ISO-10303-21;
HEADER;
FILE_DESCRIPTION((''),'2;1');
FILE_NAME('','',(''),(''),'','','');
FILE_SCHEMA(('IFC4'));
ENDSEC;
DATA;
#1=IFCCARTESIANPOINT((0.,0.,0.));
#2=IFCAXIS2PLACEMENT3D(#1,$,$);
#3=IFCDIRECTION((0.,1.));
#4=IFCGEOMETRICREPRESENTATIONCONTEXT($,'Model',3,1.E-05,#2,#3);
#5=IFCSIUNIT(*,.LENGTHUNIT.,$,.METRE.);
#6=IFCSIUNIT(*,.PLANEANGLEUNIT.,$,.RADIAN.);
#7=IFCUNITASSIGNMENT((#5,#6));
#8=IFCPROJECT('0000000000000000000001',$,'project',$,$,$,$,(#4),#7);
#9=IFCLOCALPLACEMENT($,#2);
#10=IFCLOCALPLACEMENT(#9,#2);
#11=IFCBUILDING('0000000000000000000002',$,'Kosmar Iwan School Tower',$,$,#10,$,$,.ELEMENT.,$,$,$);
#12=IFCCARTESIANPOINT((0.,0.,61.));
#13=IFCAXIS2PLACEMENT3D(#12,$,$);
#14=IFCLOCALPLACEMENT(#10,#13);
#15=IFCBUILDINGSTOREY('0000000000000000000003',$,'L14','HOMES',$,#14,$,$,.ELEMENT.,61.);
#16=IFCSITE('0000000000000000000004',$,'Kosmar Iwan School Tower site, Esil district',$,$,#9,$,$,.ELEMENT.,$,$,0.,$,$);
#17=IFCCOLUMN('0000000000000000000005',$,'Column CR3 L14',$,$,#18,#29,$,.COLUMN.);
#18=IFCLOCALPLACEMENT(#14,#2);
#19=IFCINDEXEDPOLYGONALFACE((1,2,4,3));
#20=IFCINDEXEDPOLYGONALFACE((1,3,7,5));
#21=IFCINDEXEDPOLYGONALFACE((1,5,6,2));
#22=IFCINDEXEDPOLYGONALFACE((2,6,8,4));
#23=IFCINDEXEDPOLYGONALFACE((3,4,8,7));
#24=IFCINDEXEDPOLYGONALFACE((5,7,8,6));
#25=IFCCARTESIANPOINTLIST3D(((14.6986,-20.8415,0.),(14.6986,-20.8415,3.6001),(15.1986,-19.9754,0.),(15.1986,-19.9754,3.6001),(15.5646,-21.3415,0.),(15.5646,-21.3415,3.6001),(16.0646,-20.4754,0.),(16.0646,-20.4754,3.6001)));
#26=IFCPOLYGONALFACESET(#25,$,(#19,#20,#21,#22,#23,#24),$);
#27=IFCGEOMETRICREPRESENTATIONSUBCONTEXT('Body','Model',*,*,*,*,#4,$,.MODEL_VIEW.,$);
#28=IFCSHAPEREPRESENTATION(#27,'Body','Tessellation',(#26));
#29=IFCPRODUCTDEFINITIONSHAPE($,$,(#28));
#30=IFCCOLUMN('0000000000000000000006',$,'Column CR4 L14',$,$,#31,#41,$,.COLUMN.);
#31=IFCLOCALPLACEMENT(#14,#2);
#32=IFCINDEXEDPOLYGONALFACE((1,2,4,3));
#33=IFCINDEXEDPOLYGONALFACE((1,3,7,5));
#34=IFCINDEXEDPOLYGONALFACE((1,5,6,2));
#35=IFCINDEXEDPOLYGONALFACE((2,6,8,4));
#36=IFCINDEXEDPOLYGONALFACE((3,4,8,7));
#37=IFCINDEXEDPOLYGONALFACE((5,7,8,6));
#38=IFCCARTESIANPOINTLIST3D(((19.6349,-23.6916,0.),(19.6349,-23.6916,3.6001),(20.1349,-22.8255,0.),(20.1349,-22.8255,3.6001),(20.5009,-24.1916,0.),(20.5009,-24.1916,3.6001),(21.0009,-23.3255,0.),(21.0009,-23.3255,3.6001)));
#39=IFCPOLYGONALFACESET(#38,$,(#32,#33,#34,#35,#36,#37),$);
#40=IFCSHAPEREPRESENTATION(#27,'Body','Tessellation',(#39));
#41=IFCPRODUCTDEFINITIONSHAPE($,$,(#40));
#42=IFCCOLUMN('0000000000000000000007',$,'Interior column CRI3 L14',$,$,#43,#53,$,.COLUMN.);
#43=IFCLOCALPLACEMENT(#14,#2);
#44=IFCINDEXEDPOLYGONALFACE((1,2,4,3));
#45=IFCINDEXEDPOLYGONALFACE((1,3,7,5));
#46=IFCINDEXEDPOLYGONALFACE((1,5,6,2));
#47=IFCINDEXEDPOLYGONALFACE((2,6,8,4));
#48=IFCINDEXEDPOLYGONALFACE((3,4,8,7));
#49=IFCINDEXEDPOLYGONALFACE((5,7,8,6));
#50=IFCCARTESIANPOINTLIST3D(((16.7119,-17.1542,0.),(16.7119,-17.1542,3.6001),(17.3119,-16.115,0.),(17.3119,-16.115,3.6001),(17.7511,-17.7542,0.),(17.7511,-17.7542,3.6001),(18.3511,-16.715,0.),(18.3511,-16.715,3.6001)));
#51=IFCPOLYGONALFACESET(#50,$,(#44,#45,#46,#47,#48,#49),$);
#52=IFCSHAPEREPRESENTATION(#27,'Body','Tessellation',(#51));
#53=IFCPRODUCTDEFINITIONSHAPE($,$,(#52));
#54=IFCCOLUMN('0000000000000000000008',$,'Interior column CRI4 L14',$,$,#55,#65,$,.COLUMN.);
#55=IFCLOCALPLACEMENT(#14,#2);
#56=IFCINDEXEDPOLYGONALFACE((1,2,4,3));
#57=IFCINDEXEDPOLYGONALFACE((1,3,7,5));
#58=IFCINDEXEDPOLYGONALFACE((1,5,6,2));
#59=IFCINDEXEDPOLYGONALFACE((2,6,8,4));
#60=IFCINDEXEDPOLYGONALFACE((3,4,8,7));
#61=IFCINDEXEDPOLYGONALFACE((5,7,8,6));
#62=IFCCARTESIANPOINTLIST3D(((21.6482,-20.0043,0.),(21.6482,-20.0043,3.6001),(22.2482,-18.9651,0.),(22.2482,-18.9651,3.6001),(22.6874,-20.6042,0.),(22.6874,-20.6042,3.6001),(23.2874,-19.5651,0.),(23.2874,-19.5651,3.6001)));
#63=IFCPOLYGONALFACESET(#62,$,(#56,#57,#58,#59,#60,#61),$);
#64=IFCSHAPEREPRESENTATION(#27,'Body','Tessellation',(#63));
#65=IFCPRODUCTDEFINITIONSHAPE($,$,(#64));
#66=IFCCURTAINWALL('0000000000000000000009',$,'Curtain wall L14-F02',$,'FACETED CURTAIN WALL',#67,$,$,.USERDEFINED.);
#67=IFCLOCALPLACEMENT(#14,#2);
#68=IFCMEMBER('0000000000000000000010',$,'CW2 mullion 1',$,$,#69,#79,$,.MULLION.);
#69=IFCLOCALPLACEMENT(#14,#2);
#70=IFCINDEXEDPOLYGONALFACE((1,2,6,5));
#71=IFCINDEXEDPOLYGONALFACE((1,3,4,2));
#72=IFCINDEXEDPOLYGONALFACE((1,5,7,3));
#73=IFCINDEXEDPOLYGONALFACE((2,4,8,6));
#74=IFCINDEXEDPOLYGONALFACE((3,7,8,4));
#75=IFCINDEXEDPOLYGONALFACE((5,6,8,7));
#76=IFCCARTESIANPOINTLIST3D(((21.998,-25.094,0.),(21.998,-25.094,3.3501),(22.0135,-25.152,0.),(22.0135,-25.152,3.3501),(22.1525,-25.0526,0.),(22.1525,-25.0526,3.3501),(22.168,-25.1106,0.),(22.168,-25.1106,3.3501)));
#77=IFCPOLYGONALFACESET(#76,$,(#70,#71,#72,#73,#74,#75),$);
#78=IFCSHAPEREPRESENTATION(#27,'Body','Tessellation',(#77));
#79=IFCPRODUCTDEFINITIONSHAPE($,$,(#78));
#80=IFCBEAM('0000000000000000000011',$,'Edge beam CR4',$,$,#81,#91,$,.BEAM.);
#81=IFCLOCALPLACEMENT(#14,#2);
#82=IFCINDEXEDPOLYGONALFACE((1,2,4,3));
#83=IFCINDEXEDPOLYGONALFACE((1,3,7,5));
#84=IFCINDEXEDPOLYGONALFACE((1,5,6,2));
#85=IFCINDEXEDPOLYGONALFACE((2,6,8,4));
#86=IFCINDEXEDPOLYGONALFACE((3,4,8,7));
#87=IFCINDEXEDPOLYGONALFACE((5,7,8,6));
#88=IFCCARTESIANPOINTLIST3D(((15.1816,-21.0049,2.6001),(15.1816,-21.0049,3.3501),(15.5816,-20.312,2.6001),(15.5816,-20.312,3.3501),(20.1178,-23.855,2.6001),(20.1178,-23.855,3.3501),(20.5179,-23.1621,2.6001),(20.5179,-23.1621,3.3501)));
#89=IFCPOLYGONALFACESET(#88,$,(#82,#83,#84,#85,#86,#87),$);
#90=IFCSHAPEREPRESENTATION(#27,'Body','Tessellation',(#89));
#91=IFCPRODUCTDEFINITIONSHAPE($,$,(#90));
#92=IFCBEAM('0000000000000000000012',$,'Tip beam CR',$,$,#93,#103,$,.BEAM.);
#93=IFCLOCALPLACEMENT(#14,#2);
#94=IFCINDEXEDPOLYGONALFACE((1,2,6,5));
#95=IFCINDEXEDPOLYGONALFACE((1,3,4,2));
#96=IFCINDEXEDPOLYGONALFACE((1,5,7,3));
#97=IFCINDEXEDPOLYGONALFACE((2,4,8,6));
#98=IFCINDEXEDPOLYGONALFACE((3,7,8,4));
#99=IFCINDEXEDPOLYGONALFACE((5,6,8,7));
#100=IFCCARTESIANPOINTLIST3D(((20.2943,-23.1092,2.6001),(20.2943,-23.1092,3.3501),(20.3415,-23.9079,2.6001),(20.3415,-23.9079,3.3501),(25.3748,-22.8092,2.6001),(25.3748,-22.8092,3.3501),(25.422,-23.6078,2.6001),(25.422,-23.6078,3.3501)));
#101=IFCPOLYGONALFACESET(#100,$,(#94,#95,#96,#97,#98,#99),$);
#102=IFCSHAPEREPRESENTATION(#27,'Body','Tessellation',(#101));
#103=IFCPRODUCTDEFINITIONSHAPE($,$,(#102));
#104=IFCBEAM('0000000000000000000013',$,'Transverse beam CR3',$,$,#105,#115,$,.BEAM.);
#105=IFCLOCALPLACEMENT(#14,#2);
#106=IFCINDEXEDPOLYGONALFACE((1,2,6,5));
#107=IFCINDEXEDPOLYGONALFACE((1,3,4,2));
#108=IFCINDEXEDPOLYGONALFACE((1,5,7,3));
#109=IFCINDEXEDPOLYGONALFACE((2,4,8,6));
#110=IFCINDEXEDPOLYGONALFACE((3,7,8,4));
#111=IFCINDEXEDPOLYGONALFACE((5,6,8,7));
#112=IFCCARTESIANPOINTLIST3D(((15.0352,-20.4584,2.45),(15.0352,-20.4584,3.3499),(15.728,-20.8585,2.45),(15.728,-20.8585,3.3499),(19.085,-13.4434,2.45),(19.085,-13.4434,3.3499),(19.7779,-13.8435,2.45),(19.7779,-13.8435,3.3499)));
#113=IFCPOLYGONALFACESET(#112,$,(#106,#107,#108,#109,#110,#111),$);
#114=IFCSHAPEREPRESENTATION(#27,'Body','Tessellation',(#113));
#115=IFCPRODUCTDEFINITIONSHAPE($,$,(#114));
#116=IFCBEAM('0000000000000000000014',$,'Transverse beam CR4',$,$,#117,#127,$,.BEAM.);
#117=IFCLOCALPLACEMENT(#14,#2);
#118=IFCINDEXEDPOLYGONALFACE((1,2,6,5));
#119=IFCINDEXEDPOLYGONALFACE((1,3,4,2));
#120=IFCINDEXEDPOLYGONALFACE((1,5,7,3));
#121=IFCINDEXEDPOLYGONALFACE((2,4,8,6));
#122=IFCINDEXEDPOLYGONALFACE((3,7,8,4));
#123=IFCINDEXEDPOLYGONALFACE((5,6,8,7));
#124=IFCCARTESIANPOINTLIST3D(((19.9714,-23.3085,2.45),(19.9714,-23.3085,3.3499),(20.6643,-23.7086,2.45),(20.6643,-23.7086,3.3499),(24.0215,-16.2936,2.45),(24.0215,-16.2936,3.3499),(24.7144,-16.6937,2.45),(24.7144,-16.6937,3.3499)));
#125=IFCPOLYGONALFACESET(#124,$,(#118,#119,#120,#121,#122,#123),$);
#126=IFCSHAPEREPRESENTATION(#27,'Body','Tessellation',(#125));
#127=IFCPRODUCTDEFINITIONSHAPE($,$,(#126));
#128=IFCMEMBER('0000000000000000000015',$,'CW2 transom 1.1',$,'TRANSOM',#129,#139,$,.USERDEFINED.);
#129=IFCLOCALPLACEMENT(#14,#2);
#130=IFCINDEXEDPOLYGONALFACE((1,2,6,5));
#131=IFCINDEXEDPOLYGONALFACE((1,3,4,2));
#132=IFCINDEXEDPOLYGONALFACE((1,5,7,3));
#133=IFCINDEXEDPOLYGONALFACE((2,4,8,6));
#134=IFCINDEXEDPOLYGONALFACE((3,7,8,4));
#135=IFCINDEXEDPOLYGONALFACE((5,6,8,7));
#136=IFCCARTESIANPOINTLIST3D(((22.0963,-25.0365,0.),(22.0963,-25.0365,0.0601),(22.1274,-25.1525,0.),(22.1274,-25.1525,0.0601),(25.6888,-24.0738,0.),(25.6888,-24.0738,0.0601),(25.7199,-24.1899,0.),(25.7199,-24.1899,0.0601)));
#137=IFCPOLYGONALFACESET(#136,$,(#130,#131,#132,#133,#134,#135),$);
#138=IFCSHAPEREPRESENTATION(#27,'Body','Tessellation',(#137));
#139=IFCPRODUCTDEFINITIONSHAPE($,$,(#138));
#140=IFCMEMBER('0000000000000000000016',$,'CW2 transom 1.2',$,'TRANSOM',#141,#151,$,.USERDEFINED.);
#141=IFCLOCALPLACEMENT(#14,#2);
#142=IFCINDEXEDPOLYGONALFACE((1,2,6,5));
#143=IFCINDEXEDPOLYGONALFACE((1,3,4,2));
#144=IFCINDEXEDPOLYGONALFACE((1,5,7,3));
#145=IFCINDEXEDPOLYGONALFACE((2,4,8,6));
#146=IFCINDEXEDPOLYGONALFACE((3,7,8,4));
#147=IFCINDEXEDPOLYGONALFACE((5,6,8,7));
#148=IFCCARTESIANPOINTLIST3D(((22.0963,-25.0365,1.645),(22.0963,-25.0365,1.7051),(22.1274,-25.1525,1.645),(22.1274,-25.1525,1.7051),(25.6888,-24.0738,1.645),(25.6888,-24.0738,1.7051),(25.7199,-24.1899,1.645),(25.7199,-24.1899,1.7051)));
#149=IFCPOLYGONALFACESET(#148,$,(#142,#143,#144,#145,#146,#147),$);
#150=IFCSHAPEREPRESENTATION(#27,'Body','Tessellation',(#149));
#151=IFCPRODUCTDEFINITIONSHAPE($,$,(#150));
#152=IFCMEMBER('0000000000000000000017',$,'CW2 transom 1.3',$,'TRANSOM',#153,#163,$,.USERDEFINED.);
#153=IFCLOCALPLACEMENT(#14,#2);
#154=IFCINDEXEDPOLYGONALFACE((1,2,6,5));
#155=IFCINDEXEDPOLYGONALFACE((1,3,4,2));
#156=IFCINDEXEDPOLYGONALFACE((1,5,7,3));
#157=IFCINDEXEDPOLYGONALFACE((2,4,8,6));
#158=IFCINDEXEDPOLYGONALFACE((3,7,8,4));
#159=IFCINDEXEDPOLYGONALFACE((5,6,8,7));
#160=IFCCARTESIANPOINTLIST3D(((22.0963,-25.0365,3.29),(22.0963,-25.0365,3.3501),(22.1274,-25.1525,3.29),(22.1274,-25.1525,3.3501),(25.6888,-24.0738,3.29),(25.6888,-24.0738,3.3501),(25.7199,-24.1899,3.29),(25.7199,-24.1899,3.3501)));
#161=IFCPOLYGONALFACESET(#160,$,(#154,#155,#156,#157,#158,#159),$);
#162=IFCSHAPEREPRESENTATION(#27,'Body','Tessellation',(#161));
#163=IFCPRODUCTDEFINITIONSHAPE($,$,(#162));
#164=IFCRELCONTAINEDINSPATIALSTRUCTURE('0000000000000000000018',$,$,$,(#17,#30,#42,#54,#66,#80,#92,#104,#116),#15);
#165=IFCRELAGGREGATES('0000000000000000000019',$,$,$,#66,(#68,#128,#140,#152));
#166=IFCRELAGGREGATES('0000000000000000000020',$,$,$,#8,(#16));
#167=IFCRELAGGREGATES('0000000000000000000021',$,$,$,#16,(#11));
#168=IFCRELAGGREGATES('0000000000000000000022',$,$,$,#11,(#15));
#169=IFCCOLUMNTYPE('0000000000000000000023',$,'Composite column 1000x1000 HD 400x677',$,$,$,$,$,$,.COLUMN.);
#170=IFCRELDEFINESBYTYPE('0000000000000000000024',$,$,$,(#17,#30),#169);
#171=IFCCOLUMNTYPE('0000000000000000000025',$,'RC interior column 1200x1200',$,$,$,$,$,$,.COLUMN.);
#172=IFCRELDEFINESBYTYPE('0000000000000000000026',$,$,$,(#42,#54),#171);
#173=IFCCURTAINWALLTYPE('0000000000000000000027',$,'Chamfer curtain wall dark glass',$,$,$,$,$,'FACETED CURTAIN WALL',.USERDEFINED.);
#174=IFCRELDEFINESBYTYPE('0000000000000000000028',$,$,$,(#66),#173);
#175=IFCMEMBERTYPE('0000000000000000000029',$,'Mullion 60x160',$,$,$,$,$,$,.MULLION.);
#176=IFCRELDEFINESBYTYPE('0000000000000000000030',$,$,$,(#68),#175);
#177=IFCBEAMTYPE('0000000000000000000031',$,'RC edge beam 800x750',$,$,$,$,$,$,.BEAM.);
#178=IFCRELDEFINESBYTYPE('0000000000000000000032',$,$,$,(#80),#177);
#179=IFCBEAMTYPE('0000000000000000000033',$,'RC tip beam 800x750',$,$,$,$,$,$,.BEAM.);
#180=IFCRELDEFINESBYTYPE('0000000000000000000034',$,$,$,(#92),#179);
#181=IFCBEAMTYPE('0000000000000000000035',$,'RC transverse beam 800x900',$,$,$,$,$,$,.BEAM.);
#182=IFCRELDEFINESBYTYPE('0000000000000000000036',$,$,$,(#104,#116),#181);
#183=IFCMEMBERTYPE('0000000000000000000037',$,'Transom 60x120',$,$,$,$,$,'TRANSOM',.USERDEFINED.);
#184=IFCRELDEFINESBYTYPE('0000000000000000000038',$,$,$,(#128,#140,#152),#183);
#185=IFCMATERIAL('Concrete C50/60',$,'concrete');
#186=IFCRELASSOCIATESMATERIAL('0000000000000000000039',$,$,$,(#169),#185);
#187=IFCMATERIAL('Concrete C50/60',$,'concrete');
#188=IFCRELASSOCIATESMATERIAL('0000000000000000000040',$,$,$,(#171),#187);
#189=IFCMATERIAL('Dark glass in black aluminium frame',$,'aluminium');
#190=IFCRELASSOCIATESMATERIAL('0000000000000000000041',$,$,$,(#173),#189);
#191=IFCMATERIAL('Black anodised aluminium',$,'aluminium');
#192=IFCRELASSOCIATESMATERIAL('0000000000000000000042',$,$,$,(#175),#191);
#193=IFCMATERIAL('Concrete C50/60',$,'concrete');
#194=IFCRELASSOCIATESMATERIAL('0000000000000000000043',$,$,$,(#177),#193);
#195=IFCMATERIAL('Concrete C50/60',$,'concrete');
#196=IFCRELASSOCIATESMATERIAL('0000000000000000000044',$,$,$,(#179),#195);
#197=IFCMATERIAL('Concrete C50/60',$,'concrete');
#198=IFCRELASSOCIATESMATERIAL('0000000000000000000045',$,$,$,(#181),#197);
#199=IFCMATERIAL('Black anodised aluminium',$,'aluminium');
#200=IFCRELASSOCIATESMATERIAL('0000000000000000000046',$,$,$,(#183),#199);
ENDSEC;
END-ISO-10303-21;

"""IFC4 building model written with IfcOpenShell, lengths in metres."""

from ifc_helpers import new_model, si_unit, direction, frame, origin, origin_2d, place, context, subcontext, project, spatial, rectangle, extrude, material, material_profile, profile_set, type_object, element, aggregate, save


model = new_model("IFC4")

# Units and contexts
model_context = context("Model", 3, precision=1e-05, world=origin(), true_north=direction((0.0, 1.0)))
body_context = subcontext(model_context, "Body", "Model", "MODEL_VIEW")
ifc_project = project(units=[si_unit("LENGTHUNIT", "METRE"), si_unit("PLANEANGLEUNIT", "RADIAN")], contexts=[model_context])

# Site, building, storey
site_placement = place(None, origin())
site = spatial("IfcSite", under=ifc_project, at=site_placement, Name="Kosmar Iwan School Tower site, Esil district", CompositionType="ELEMENT", RefElevation=0.0)
building_placement = place(site_placement, origin())
building = spatial("IfcBuilding", under=site, at=building_placement, Name="Kosmar Iwan School Tower", CompositionType="ELEMENT")
storey_placement = place(building_placement, frame((0.0, 0.0, 61.0)))
storey = spatial("IfcBuildingStorey", under=building, at=storey_placement, Name="L14", Description="HOMES", CompositionType="ELEMENT", Elevation=61.0)

# Columns
ifc_material_1 = material(Name="Concrete C50/60", Category="concrete")
ifc_material_profile_1 = material_profile(ifc_material_1, rectangle(XDim=1.0, YDim=1.0, at=origin_2d()), Name="RC 1000x1000 + HD 400x677")
ifc_profile_set_1 = profile_set([ifc_material_profile_1], Name="Concrete C50/60")
column_type_1 = type_object("IfcColumnType", Name="Composite column 1000x1000 HD 400x677", PredefinedType="COLUMN", material=ifc_profile_set_1)
for number, where, z_axis, x_axis, name in (
    (1, (15.3816, -20.6584, 0.0), (0.0, 0.0, 1.0), (0.866025, -0.5, 0.0), "Column CR3 L14"),
    (2, (20.3179, -23.5085, 0.0), (0.0, 0.0, 1.0), (0.866025, -0.5, 0.0), "Column CR4 L14"),
):
    element("IfcColumn", number, at=place(storey_placement, frame(where, z_axis=z_axis, x_axis=x_axis)), inside=storey, type_object=column_type_1, Name=name, PredefinedType="COLUMN", context=body_context, shape_type="SweptSolid", body=[
        extrude(rectangle(XDim=1.0, YDim=1.0, at=origin_2d()), origin(), (0.0, 0.0, 1.0), 3.6001),
    ])
ifc_material_2 = material(Name="Concrete C50/60", Category="concrete")
ifc_material_profile_2 = material_profile(ifc_material_2, rectangle(XDim=1.2, YDim=1.2, at=origin_2d()), Name="RC 1200x1200")
ifc_profile_set_2 = profile_set([ifc_material_profile_2], Name="Concrete C50/60")
column_type_2 = type_object("IfcColumnType", Name="RC interior column 1200x1200", PredefinedType="COLUMN", material=ifc_profile_set_2)
for number, where, z_axis, x_axis, name in (
    (3, (17.5315, -16.9346, 0.0), (0.0, 0.0, 1.0), (0.866025, -0.5, 0.0), "Interior column CRI3 L14"),
    (4, (22.4678, -19.7847, 0.0), (0.0, 0.0, 1.0), (0.866025, -0.5, 0.0), "Interior column CRI4 L14"),
):
    element("IfcColumn", number, at=place(storey_placement, frame(where, z_axis=z_axis, x_axis=x_axis)), inside=storey, type_object=column_type_2, Name=name, PredefinedType="COLUMN", context=body_context, shape_type="SweptSolid", body=[
        extrude(rectangle(XDim=1.2, YDim=1.2, at=origin_2d()), origin(), (0.0, 0.0, 1.0), 3.6001),
    ])

# Curtain wall, member
ifc_material_3 = material(Name="Dark glass in black aluminium frame", Category="aluminium")
curtain_wall_type = type_object("IfcCurtainWallType", Name="Chamfer curtain wall dark glass", ElementType="FACETED CURTAIN WALL", PredefinedType="USERDEFINED", material=ifc_material_3)
curtain_wall_placement = place(storey_placement, origin())
curtain_wall = element("IfcCurtainWall", 5, at=curtain_wall_placement, inside=storey, type_object=curtain_wall_type, Name="Curtain wall L14-F02", ObjectType="FACETED CURTAIN WALL", PredefinedType="USERDEFINED")
ifc_material_4 = material(Name="Black anodised aluminium", Category="aluminium")
ifc_material_profile_3 = material_profile(ifc_material_4, rectangle(XDim=0.0601, YDim=0.1599, at=origin_2d()), Name="MULLION 60x160")
ifc_profile_set_3 = profile_set([ifc_material_profile_3], Name="Black anodised aluminium")
member_type_1 = type_object("IfcMemberType", Name="Mullion 60x160", PredefinedType="MULLION", material=ifc_profile_set_3)
member_1_placement = place(storey_placement, frame((22.083, -25.1023, 0.0), z_axis=(0.0, 0.0, 1.0), x_axis=(-0.258819, 0.965926, 0.0)))
member_1 = element("IfcMember", 6, at=member_1_placement, type_object=member_type_1, Name="CW2 mullion 1", PredefinedType="MULLION", context=body_context, shape_type="SweptSolid", body=[
    extrude(rectangle(XDim=0.0601, YDim=0.1599, at=origin_2d()), origin(), (0.0, 0.0, 1.0), 3.3501),
])

# Beams
ifc_material_5 = material(Name="Concrete C50/60", Category="concrete")
ifc_material_profile_4 = material_profile(ifc_material_5, rectangle(XDim=0.8, YDim=0.75, at=origin_2d()), Name="RC 800x750")
ifc_profile_set_4 = profile_set([ifc_material_profile_4], Name="Concrete C50/60")
beam_type_1 = type_object("IfcBeamType", Name="RC edge beam 800x750", PredefinedType="BEAM", material=ifc_profile_set_4)
beam_1_placement = place(storey_placement, frame((15.3816, -20.6584, 2.9751), z_axis=(0.866015, -0.500018, 0.0), x_axis=(0.500018, 0.866015, 0.0)))
element("IfcBeam", 7, at=beam_1_placement, inside=storey, type_object=beam_type_1, Name="Edge beam CR4", PredefinedType="BEAM", context=body_context, shape_type="SweptSolid", body=[
    extrude(rectangle(XDim=0.8, YDim=0.75, at=origin_2d()), origin(), (0.0, 0.0, 1.0), 5.7),
])
ifc_material_6 = material(Name="Concrete C50/60", Category="concrete")
ifc_material_profile_5 = material_profile(ifc_material_6, rectangle(XDim=0.8, YDim=0.75, at=origin_2d()), Name="RC 800x750")
ifc_profile_set_5 = profile_set([ifc_material_profile_5], Name="Concrete C50/60")
beam_type_2 = type_object("IfcBeamType", Name="RC tip beam 800x750", PredefinedType="BEAM", material=ifc_profile_set_5)
beam_2_placement = place(storey_placement, frame((20.3179, -23.5085, 2.9751), z_axis=(0.998261, 0.058955, 0.0), x_axis=(-0.058955, 0.998261, 0.0)))
element("IfcBeam", 8, at=beam_2_placement, inside=storey, type_object=beam_type_2, Name="Tip beam CR", PredefinedType="BEAM", context=body_context, shape_type="SweptSolid", body=[
    extrude(rectangle(XDim=0.8, YDim=0.75, at=origin_2d()), origin(), (0.0, 0.0, 1.0), 5.0894),
])
ifc_material_7 = material(Name="Concrete C50/60", Category="concrete")
ifc_material_profile_6 = material_profile(ifc_material_7, rectangle(XDim=0.8, YDim=0.8999, at=origin_2d()), Name="RC 800x900")
ifc_profile_set_6 = profile_set([ifc_material_profile_6], Name="Concrete C50/60")
beam_type_3 = type_object("IfcBeamType", Name="RC transverse beam 800x900", PredefinedType="BEAM", material=ifc_profile_set_6)
for number, where, z_axis, x_axis, name in (
    (9, (15.3816, -20.6584, 2.8999), (0.499977, 0.866039, 0.0), (-0.866039, 0.499977, 0.0), "Transverse beam CR3"),
    (10, (20.3179, -23.5085, 2.8999), (0.5, 0.866025, 0.0), (-0.866025, 0.5, 0.0), "Transverse beam CR4"),
):
    element("IfcBeam", number, at=place(storey_placement, frame(where, z_axis=z_axis, x_axis=x_axis)), inside=storey, type_object=beam_type_3, Name=name, PredefinedType="BEAM", context=body_context, shape_type="SweptSolid", body=[
        extrude(rectangle(XDim=0.8, YDim=0.8999, at=origin_2d()), origin(), (0.0, 0.0, 1.0), 8.1001),
    ])

# Members
ifc_material_8 = material(Name="Black anodised aluminium", Category="aluminium")
ifc_material_profile_7 = material_profile(ifc_material_8, rectangle(XDim=0.1201, YDim=0.0601, at=origin_2d()), Name="TRANSOM 60x120")
ifc_profile_set_7 = profile_set([ifc_material_profile_7], Name="Black anodised aluminium")
member_type_2 = type_object("IfcMemberType", Name="Transom 60x120", ElementType="TRANSOM", PredefinedType="USERDEFINED", material=ifc_profile_set_7)
member_2_placement = place(storey_placement, frame((22.1118, -25.0945, 0.03), z_axis=(0.965924, 0.258827, 0.0), x_axis=(-0.258827, 0.965924, 0.0)))
member_2 = element("IfcMember", 11, at=member_2_placement, type_object=member_type_2, Name="CW2 transom 1.1", ObjectType="TRANSOM", PredefinedType="USERDEFINED", context=body_context, shape_type="SweptSolid", body=[
    extrude(rectangle(XDim=0.1201, YDim=0.0601, at=origin_2d()), origin(), (0.0, 0.0, 1.0), 3.7192),
])
member_3_placement = place(storey_placement, frame((22.1118, -25.0945, 1.675), z_axis=(0.965924, 0.258827, 0.0), x_axis=(-0.258827, 0.965924, 0.0)))
member_3 = element("IfcMember", 12, at=member_3_placement, type_object=member_type_2, Name="CW2 transom 1.2", ObjectType="TRANSOM", PredefinedType="USERDEFINED", context=body_context, shape_type="SweptSolid", body=[
    extrude(rectangle(XDim=0.1201, YDim=0.0601, at=origin_2d()), origin(), (0.0, 0.0, 1.0), 3.7192),
])
member_4_placement = place(storey_placement, frame((22.1118, -25.0945, 3.3201), z_axis=(0.965924, 0.258827, 0.0), x_axis=(-0.258827, 0.965924, 0.0)))
member_4 = element("IfcMember", 13, at=member_4_placement, type_object=member_type_2, Name="CW2 transom 1.3", ObjectType="TRANSOM", PredefinedType="USERDEFINED", context=body_context, shape_type="SweptSolid", body=[
    extrude(rectangle(XDim=0.1201, YDim=0.0601, at=origin_2d()), origin(), (0.0, 0.0, 1.0), 3.7192),
])
aggregate(curtain_wall, [member_1, member_2, member_3, member_4])

save(model, "model.ifc")
